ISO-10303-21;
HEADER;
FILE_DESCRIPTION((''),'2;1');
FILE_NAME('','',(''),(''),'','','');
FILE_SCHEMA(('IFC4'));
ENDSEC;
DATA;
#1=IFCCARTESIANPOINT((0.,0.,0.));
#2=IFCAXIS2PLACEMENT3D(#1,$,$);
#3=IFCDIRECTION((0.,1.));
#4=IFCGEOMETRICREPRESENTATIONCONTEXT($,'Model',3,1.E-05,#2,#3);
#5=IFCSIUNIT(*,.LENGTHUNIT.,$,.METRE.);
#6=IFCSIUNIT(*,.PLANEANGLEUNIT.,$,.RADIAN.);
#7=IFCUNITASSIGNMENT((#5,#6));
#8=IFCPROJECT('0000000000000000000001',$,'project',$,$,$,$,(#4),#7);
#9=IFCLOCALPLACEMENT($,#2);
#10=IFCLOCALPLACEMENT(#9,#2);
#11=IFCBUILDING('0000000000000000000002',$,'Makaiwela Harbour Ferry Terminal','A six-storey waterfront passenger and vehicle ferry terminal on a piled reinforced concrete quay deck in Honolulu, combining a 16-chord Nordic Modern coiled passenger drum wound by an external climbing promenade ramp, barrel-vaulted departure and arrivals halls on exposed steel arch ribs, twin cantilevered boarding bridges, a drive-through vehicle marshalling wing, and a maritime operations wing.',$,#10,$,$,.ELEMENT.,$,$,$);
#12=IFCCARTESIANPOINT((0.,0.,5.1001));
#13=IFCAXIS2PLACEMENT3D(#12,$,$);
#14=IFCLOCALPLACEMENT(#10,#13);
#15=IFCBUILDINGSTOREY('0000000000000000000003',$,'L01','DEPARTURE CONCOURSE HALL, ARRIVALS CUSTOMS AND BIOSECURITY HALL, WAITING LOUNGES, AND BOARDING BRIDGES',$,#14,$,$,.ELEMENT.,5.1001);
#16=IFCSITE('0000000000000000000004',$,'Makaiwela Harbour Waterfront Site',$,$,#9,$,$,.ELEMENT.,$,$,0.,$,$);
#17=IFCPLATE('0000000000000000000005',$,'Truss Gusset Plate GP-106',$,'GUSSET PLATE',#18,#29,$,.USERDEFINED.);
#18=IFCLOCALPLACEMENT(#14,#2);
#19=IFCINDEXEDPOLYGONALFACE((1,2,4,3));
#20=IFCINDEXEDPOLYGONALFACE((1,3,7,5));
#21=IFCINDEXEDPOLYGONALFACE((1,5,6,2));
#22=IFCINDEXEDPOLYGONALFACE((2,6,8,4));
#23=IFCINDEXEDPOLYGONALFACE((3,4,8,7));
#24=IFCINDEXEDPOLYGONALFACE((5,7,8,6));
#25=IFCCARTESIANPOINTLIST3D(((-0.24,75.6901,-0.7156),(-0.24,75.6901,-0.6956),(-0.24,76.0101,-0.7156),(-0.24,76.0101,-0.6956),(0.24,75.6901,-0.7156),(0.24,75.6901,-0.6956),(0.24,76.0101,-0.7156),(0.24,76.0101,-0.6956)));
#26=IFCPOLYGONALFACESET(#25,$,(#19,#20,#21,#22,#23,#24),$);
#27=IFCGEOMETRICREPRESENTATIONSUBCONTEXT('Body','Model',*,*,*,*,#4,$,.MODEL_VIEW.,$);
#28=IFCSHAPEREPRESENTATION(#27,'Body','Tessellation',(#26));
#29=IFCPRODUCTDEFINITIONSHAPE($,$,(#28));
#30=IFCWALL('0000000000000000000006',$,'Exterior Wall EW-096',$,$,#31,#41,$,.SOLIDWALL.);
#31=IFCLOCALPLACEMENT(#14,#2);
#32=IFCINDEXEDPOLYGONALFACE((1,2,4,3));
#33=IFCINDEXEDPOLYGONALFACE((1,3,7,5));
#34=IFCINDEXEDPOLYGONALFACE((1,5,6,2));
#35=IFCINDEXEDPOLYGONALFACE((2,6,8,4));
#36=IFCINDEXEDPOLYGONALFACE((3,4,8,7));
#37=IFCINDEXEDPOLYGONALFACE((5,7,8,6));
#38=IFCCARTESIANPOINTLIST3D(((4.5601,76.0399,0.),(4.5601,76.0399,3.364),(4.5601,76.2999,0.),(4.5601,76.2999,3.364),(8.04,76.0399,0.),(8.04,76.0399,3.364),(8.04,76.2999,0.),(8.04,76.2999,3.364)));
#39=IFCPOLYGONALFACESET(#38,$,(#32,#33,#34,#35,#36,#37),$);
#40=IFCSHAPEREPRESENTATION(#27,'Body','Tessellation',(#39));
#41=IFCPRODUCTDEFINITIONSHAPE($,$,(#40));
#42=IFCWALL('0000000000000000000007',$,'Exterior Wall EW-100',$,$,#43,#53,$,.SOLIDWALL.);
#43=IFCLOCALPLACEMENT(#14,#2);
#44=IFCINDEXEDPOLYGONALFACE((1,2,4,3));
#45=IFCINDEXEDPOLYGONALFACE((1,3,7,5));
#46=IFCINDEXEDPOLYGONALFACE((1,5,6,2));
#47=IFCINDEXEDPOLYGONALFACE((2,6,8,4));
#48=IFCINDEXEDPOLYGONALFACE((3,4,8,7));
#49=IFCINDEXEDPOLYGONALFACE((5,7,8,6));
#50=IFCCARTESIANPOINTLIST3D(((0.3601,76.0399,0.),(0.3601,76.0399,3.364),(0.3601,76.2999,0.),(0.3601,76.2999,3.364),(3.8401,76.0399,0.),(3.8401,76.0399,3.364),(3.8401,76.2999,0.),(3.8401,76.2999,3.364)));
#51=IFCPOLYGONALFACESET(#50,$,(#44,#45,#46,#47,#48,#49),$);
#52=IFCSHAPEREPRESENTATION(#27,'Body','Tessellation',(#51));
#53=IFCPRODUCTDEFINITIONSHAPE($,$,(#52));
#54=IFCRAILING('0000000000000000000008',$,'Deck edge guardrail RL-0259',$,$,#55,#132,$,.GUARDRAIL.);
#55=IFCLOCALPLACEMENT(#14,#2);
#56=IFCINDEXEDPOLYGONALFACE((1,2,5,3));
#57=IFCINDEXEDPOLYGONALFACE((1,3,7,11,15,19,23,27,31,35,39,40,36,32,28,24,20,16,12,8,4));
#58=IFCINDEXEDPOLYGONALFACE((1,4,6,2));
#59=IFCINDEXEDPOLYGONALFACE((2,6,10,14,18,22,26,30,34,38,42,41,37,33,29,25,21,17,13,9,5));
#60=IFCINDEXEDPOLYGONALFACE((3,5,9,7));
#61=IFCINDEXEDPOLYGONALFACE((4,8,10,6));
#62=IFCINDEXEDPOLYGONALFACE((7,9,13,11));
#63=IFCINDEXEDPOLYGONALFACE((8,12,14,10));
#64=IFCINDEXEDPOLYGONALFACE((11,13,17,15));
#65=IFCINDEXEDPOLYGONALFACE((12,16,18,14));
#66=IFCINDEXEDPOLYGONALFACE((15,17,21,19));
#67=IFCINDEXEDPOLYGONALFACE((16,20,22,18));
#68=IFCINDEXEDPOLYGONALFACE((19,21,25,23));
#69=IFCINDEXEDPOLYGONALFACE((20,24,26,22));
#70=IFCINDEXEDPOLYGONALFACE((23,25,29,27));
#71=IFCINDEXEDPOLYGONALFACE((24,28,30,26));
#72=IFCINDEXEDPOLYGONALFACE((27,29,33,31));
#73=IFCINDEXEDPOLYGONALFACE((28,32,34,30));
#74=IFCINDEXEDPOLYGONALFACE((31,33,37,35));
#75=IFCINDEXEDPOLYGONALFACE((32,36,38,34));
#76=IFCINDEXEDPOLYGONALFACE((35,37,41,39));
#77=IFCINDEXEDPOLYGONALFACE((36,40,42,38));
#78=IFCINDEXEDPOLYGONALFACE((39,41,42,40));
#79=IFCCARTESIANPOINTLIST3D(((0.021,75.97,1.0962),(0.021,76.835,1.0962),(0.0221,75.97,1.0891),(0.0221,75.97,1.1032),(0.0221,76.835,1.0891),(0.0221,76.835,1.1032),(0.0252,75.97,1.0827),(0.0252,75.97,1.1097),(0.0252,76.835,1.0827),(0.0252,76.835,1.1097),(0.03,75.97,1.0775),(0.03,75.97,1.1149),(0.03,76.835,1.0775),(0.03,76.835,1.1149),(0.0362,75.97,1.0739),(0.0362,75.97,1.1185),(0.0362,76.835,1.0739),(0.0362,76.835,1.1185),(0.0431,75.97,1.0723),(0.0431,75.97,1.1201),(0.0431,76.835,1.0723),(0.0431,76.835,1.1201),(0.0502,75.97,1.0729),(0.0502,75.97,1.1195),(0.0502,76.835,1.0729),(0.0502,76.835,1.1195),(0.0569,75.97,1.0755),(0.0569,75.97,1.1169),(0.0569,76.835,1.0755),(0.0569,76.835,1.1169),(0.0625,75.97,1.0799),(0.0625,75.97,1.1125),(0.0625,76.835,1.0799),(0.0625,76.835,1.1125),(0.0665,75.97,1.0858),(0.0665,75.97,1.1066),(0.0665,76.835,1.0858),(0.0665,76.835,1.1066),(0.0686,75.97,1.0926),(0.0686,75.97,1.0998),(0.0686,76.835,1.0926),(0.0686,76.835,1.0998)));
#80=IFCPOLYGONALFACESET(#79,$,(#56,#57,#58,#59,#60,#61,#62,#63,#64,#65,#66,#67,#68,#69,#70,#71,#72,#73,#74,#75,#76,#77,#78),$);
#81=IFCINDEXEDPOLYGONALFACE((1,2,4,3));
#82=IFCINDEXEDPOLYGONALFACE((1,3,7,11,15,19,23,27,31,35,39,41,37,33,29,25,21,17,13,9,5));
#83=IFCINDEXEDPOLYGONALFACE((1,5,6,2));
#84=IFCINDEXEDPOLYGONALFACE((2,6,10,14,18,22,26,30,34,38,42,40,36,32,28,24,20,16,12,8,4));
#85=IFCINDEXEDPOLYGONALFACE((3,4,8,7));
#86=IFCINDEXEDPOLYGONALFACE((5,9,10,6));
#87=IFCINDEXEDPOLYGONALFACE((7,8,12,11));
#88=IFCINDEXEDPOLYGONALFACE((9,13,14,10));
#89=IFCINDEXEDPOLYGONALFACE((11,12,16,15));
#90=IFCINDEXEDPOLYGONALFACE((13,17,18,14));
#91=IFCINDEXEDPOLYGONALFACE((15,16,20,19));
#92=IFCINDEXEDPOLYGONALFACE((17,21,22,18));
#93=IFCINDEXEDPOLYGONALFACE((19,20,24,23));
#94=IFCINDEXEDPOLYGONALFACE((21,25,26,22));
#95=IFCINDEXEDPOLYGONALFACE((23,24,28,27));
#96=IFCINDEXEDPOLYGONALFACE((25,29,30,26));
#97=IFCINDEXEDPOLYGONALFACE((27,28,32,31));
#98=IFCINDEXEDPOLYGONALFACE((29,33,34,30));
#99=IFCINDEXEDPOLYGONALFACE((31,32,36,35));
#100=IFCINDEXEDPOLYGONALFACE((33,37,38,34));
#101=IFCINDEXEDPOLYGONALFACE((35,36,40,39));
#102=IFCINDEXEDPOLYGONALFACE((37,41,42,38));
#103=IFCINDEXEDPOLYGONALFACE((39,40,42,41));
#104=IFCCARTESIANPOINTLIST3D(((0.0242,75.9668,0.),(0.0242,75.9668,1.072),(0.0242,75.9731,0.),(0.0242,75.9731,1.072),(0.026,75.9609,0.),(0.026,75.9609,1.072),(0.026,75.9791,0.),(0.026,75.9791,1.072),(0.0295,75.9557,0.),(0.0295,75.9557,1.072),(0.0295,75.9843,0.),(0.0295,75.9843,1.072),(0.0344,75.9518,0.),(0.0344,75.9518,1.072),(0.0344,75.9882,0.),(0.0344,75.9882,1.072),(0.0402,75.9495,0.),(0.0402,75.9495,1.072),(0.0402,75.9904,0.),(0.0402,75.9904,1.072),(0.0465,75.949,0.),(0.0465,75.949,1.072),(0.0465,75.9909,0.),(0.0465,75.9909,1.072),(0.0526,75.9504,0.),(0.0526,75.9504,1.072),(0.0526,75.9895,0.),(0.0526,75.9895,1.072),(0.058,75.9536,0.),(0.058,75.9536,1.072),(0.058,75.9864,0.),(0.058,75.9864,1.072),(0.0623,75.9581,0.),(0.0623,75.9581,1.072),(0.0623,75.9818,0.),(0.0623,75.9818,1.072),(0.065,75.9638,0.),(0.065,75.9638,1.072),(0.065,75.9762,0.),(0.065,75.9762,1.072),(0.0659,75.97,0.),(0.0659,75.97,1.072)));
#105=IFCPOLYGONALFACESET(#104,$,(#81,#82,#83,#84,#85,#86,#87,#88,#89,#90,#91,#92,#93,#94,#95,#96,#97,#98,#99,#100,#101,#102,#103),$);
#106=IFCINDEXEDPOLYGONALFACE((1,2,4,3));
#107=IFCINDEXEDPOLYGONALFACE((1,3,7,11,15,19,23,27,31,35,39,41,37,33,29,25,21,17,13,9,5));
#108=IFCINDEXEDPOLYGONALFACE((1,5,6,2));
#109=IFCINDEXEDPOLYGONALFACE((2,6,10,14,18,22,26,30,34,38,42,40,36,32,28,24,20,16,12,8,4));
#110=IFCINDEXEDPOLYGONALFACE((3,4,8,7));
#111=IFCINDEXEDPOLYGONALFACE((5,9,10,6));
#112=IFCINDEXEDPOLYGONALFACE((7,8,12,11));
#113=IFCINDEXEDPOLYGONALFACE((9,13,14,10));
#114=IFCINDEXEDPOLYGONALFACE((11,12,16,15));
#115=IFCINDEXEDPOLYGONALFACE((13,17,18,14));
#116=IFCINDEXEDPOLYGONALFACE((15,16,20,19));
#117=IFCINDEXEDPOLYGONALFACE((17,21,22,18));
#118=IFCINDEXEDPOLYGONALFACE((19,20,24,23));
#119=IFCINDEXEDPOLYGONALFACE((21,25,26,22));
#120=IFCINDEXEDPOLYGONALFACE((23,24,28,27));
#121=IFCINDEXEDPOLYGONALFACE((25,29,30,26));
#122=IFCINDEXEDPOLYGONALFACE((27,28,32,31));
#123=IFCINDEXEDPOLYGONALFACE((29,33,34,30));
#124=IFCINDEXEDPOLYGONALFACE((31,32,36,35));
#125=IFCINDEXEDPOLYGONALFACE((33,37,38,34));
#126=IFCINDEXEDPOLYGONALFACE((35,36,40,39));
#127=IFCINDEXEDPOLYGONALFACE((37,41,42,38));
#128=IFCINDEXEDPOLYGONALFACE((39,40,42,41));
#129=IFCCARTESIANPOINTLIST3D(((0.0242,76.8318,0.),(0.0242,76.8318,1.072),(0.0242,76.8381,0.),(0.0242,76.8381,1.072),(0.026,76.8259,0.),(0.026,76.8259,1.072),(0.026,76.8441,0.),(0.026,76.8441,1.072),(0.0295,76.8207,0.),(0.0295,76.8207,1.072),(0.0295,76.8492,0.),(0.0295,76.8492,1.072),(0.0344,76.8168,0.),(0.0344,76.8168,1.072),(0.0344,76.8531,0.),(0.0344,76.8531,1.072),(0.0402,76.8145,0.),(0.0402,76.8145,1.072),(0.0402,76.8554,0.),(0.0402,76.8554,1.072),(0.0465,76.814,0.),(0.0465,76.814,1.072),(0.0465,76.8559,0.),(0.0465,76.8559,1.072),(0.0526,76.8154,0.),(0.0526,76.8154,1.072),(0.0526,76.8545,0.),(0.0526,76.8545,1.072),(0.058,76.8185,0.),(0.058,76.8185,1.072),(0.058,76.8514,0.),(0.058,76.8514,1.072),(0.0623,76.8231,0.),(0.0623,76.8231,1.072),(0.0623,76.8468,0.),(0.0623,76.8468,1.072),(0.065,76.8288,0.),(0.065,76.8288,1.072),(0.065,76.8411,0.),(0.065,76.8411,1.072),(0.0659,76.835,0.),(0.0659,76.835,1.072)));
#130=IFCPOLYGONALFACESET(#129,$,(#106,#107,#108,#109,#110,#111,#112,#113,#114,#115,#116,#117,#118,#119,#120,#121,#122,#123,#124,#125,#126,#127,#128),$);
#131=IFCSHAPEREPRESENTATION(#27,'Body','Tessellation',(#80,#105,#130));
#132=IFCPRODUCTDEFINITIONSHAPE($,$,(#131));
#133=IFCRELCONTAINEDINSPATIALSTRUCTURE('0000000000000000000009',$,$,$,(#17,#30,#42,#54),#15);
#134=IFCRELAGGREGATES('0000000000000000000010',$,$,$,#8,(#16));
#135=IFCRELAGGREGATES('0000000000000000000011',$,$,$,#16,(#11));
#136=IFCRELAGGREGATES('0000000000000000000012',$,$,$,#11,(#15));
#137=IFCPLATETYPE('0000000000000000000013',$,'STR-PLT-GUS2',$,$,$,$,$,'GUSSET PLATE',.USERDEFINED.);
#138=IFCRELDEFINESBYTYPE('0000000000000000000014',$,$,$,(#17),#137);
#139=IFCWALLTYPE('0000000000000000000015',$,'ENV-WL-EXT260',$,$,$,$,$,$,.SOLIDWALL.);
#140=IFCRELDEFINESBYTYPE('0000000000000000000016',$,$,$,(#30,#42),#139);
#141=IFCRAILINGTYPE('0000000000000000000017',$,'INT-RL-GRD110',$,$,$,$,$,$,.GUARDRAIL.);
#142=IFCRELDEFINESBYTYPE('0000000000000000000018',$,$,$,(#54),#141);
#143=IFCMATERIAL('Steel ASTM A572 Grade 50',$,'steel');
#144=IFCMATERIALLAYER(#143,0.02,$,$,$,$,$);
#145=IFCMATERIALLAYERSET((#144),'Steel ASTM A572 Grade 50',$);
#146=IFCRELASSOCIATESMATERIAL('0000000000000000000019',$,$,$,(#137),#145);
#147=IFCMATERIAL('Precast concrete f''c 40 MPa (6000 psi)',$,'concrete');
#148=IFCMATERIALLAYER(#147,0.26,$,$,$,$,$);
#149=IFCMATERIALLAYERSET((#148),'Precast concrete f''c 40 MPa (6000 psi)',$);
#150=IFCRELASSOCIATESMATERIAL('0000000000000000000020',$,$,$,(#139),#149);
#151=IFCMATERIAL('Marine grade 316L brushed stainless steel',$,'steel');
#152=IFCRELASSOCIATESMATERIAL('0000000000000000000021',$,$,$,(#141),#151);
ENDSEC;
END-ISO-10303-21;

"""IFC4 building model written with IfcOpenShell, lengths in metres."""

from ifc_helpers import new_model, si_unit, direction, frame, frame_2d, origin, origin_2d, place, context, subcontext, project, spatial, rectangle, circle, extrude, material, layer, layer_set, type_object, element, save


model = new_model("IFC4")

# Units and contexts
model_context = context("Model", 3, precision=1e-05, world=origin(), true_north=direction((0.0, 1.0)))
body_context = subcontext(model_context, "Body", "Model", "MODEL_VIEW")
ifc_project = project(units=[si_unit("LENGTHUNIT", "METRE"), si_unit("PLANEANGLEUNIT", "RADIAN")], contexts=[model_context])

# Site, building, storey
site_placement = place(None, origin())
site = spatial("IfcSite", under=ifc_project, at=site_placement, Name="Makaiwela Harbour Waterfront Site", CompositionType="ELEMENT", RefElevation=0.0)
building_placement = place(site_placement, origin())
building = spatial("IfcBuilding", under=site, at=building_placement, Name="Makaiwela Harbour Ferry Terminal", Description="A six-storey waterfront passenger and vehicle ferry terminal on a piled reinforced concrete quay deck in Honolulu, combining a 16-chord Nordic Modern coiled passenger drum wound by an external climbing promenade ramp, barrel-vaulted departure and arrivals halls on exposed steel arch ribs, twin cantilevered boarding bridges, a drive-through vehicle marshalling wing, and a maritime operations wing.", CompositionType="ELEMENT")
storey_placement = place(building_placement, frame((0.0, 0.0, 5.1001)))
storey = spatial("IfcBuildingStorey", under=building, at=storey_placement, Name="L01", Description="DEPARTURE CONCOURSE HALL, ARRIVALS CUSTOMS AND BIOSECURITY HALL, WAITING LOUNGES, AND BOARDING BRIDGES", CompositionType="ELEMENT", Elevation=5.1001)

# Plate
ifc_material_1 = material(Name="Steel ASTM A572 Grade 50", Category="steel")
ifc_layer_1 = layer(ifc_material_1, 0.02)
ifc_layer_set_1 = layer_set([ifc_layer_1], Name="Steel ASTM A572 Grade 50")
plate_type_1 = type_object("IfcPlateType", Name="STR-PLT-GUS2", ElementType="GUSSET PLATE", PredefinedType="USERDEFINED", material=ifc_layer_set_1)
for number, where, z_axis, x_axis, name in (
    (1, (0.0, 75.8501, -0.7156), (0.0, 0.0, 1.0), (1.0, 0.0, 0.0), "Truss Gusset Plate GP-106"),
):
    element("IfcPlate", number, at=place(storey_placement, frame(where, z_axis=z_axis, x_axis=x_axis)), inside=storey, type_object=plate_type_1, Name=name, ObjectType="GUSSET PLATE", PredefinedType="USERDEFINED", context=body_context, shape_type="SweptSolid", body=[
        extrude(rectangle(XDim=0.48, YDim=0.3201, at=origin_2d()), origin(), (0.0, 0.0, 1.0), 0.02),
    ])

# Walls
ifc_material_2 = material(Name="Precast concrete f'c 40 MPa (6000 psi)", Category="concrete")
ifc_layer_2 = layer(ifc_material_2, 0.26)
ifc_layer_set_2 = layer_set([ifc_layer_2], Name="Precast concrete f'c 40 MPa (6000 psi)")
wall_type = type_object("IfcWallType", Name="ENV-WL-EXT260", PredefinedType="SOLIDWALL", material=ifc_layer_set_2)
for number, where, z_axis, x_axis, name in (
    (2, (4.5601, 76.1699, 0.0), (0.0, 0.0, 1.0), (1.0, 0.0, 0.0), "Exterior Wall EW-096"),
    (3, (0.3601, 76.1699, 0.0), (0.0, 0.0, 1.0), (1.0, 0.0, 0.0), "Exterior Wall EW-100"),
):
    element("IfcWall", number, at=place(storey_placement, frame(where, z_axis=z_axis, x_axis=x_axis)), inside=storey, type_object=wall_type, Name=name, PredefinedType="SOLIDWALL", context=body_context, shape_type="SweptSolid", body=[
        extrude(rectangle(XDim=3.48, YDim=0.26, at=frame_2d((1.74, 0.0))), origin(), (0.0, 0.0, 1.0), 3.364),
    ])

# Railing
ifc_material_3 = material(Name="Marine grade 316L brushed stainless steel", Category="steel")
railing_type = type_object("IfcRailingType", Name="INT-RL-GRD110", PredefinedType="GUARDRAIL", material=ifc_material_3)
railing_placement = place(storey_placement, frame((0.0449, 75.97, 0.0)))
element("IfcRailing", 4, at=railing_placement, inside=storey, type_object=railing_type, Name="Deck edge guardrail RL-0259", PredefinedType="GUARDRAIL", context=body_context, shape_type="SweptSolid", body=[
    extrude(circle(Radius=0.0239, at=origin_2d()), frame((0.0, 0.0, 1.0962), z_axis=(0.0, 1.0, 0.0), x_axis=(-1.0, 0.0, 0.0)), (0.0, 0.0, 1.0), 0.865),
    extrude(circle(Radius=0.021, at=origin_2d()), origin(), (0.0, 0.0, 1.0), 1.072),
    extrude(circle(Radius=0.021, at=origin_2d()), frame((0.0, 0.865, 0.0)), (0.0, 0.0, 1.0), 1.072),
])

save(model, "model.ifc")
